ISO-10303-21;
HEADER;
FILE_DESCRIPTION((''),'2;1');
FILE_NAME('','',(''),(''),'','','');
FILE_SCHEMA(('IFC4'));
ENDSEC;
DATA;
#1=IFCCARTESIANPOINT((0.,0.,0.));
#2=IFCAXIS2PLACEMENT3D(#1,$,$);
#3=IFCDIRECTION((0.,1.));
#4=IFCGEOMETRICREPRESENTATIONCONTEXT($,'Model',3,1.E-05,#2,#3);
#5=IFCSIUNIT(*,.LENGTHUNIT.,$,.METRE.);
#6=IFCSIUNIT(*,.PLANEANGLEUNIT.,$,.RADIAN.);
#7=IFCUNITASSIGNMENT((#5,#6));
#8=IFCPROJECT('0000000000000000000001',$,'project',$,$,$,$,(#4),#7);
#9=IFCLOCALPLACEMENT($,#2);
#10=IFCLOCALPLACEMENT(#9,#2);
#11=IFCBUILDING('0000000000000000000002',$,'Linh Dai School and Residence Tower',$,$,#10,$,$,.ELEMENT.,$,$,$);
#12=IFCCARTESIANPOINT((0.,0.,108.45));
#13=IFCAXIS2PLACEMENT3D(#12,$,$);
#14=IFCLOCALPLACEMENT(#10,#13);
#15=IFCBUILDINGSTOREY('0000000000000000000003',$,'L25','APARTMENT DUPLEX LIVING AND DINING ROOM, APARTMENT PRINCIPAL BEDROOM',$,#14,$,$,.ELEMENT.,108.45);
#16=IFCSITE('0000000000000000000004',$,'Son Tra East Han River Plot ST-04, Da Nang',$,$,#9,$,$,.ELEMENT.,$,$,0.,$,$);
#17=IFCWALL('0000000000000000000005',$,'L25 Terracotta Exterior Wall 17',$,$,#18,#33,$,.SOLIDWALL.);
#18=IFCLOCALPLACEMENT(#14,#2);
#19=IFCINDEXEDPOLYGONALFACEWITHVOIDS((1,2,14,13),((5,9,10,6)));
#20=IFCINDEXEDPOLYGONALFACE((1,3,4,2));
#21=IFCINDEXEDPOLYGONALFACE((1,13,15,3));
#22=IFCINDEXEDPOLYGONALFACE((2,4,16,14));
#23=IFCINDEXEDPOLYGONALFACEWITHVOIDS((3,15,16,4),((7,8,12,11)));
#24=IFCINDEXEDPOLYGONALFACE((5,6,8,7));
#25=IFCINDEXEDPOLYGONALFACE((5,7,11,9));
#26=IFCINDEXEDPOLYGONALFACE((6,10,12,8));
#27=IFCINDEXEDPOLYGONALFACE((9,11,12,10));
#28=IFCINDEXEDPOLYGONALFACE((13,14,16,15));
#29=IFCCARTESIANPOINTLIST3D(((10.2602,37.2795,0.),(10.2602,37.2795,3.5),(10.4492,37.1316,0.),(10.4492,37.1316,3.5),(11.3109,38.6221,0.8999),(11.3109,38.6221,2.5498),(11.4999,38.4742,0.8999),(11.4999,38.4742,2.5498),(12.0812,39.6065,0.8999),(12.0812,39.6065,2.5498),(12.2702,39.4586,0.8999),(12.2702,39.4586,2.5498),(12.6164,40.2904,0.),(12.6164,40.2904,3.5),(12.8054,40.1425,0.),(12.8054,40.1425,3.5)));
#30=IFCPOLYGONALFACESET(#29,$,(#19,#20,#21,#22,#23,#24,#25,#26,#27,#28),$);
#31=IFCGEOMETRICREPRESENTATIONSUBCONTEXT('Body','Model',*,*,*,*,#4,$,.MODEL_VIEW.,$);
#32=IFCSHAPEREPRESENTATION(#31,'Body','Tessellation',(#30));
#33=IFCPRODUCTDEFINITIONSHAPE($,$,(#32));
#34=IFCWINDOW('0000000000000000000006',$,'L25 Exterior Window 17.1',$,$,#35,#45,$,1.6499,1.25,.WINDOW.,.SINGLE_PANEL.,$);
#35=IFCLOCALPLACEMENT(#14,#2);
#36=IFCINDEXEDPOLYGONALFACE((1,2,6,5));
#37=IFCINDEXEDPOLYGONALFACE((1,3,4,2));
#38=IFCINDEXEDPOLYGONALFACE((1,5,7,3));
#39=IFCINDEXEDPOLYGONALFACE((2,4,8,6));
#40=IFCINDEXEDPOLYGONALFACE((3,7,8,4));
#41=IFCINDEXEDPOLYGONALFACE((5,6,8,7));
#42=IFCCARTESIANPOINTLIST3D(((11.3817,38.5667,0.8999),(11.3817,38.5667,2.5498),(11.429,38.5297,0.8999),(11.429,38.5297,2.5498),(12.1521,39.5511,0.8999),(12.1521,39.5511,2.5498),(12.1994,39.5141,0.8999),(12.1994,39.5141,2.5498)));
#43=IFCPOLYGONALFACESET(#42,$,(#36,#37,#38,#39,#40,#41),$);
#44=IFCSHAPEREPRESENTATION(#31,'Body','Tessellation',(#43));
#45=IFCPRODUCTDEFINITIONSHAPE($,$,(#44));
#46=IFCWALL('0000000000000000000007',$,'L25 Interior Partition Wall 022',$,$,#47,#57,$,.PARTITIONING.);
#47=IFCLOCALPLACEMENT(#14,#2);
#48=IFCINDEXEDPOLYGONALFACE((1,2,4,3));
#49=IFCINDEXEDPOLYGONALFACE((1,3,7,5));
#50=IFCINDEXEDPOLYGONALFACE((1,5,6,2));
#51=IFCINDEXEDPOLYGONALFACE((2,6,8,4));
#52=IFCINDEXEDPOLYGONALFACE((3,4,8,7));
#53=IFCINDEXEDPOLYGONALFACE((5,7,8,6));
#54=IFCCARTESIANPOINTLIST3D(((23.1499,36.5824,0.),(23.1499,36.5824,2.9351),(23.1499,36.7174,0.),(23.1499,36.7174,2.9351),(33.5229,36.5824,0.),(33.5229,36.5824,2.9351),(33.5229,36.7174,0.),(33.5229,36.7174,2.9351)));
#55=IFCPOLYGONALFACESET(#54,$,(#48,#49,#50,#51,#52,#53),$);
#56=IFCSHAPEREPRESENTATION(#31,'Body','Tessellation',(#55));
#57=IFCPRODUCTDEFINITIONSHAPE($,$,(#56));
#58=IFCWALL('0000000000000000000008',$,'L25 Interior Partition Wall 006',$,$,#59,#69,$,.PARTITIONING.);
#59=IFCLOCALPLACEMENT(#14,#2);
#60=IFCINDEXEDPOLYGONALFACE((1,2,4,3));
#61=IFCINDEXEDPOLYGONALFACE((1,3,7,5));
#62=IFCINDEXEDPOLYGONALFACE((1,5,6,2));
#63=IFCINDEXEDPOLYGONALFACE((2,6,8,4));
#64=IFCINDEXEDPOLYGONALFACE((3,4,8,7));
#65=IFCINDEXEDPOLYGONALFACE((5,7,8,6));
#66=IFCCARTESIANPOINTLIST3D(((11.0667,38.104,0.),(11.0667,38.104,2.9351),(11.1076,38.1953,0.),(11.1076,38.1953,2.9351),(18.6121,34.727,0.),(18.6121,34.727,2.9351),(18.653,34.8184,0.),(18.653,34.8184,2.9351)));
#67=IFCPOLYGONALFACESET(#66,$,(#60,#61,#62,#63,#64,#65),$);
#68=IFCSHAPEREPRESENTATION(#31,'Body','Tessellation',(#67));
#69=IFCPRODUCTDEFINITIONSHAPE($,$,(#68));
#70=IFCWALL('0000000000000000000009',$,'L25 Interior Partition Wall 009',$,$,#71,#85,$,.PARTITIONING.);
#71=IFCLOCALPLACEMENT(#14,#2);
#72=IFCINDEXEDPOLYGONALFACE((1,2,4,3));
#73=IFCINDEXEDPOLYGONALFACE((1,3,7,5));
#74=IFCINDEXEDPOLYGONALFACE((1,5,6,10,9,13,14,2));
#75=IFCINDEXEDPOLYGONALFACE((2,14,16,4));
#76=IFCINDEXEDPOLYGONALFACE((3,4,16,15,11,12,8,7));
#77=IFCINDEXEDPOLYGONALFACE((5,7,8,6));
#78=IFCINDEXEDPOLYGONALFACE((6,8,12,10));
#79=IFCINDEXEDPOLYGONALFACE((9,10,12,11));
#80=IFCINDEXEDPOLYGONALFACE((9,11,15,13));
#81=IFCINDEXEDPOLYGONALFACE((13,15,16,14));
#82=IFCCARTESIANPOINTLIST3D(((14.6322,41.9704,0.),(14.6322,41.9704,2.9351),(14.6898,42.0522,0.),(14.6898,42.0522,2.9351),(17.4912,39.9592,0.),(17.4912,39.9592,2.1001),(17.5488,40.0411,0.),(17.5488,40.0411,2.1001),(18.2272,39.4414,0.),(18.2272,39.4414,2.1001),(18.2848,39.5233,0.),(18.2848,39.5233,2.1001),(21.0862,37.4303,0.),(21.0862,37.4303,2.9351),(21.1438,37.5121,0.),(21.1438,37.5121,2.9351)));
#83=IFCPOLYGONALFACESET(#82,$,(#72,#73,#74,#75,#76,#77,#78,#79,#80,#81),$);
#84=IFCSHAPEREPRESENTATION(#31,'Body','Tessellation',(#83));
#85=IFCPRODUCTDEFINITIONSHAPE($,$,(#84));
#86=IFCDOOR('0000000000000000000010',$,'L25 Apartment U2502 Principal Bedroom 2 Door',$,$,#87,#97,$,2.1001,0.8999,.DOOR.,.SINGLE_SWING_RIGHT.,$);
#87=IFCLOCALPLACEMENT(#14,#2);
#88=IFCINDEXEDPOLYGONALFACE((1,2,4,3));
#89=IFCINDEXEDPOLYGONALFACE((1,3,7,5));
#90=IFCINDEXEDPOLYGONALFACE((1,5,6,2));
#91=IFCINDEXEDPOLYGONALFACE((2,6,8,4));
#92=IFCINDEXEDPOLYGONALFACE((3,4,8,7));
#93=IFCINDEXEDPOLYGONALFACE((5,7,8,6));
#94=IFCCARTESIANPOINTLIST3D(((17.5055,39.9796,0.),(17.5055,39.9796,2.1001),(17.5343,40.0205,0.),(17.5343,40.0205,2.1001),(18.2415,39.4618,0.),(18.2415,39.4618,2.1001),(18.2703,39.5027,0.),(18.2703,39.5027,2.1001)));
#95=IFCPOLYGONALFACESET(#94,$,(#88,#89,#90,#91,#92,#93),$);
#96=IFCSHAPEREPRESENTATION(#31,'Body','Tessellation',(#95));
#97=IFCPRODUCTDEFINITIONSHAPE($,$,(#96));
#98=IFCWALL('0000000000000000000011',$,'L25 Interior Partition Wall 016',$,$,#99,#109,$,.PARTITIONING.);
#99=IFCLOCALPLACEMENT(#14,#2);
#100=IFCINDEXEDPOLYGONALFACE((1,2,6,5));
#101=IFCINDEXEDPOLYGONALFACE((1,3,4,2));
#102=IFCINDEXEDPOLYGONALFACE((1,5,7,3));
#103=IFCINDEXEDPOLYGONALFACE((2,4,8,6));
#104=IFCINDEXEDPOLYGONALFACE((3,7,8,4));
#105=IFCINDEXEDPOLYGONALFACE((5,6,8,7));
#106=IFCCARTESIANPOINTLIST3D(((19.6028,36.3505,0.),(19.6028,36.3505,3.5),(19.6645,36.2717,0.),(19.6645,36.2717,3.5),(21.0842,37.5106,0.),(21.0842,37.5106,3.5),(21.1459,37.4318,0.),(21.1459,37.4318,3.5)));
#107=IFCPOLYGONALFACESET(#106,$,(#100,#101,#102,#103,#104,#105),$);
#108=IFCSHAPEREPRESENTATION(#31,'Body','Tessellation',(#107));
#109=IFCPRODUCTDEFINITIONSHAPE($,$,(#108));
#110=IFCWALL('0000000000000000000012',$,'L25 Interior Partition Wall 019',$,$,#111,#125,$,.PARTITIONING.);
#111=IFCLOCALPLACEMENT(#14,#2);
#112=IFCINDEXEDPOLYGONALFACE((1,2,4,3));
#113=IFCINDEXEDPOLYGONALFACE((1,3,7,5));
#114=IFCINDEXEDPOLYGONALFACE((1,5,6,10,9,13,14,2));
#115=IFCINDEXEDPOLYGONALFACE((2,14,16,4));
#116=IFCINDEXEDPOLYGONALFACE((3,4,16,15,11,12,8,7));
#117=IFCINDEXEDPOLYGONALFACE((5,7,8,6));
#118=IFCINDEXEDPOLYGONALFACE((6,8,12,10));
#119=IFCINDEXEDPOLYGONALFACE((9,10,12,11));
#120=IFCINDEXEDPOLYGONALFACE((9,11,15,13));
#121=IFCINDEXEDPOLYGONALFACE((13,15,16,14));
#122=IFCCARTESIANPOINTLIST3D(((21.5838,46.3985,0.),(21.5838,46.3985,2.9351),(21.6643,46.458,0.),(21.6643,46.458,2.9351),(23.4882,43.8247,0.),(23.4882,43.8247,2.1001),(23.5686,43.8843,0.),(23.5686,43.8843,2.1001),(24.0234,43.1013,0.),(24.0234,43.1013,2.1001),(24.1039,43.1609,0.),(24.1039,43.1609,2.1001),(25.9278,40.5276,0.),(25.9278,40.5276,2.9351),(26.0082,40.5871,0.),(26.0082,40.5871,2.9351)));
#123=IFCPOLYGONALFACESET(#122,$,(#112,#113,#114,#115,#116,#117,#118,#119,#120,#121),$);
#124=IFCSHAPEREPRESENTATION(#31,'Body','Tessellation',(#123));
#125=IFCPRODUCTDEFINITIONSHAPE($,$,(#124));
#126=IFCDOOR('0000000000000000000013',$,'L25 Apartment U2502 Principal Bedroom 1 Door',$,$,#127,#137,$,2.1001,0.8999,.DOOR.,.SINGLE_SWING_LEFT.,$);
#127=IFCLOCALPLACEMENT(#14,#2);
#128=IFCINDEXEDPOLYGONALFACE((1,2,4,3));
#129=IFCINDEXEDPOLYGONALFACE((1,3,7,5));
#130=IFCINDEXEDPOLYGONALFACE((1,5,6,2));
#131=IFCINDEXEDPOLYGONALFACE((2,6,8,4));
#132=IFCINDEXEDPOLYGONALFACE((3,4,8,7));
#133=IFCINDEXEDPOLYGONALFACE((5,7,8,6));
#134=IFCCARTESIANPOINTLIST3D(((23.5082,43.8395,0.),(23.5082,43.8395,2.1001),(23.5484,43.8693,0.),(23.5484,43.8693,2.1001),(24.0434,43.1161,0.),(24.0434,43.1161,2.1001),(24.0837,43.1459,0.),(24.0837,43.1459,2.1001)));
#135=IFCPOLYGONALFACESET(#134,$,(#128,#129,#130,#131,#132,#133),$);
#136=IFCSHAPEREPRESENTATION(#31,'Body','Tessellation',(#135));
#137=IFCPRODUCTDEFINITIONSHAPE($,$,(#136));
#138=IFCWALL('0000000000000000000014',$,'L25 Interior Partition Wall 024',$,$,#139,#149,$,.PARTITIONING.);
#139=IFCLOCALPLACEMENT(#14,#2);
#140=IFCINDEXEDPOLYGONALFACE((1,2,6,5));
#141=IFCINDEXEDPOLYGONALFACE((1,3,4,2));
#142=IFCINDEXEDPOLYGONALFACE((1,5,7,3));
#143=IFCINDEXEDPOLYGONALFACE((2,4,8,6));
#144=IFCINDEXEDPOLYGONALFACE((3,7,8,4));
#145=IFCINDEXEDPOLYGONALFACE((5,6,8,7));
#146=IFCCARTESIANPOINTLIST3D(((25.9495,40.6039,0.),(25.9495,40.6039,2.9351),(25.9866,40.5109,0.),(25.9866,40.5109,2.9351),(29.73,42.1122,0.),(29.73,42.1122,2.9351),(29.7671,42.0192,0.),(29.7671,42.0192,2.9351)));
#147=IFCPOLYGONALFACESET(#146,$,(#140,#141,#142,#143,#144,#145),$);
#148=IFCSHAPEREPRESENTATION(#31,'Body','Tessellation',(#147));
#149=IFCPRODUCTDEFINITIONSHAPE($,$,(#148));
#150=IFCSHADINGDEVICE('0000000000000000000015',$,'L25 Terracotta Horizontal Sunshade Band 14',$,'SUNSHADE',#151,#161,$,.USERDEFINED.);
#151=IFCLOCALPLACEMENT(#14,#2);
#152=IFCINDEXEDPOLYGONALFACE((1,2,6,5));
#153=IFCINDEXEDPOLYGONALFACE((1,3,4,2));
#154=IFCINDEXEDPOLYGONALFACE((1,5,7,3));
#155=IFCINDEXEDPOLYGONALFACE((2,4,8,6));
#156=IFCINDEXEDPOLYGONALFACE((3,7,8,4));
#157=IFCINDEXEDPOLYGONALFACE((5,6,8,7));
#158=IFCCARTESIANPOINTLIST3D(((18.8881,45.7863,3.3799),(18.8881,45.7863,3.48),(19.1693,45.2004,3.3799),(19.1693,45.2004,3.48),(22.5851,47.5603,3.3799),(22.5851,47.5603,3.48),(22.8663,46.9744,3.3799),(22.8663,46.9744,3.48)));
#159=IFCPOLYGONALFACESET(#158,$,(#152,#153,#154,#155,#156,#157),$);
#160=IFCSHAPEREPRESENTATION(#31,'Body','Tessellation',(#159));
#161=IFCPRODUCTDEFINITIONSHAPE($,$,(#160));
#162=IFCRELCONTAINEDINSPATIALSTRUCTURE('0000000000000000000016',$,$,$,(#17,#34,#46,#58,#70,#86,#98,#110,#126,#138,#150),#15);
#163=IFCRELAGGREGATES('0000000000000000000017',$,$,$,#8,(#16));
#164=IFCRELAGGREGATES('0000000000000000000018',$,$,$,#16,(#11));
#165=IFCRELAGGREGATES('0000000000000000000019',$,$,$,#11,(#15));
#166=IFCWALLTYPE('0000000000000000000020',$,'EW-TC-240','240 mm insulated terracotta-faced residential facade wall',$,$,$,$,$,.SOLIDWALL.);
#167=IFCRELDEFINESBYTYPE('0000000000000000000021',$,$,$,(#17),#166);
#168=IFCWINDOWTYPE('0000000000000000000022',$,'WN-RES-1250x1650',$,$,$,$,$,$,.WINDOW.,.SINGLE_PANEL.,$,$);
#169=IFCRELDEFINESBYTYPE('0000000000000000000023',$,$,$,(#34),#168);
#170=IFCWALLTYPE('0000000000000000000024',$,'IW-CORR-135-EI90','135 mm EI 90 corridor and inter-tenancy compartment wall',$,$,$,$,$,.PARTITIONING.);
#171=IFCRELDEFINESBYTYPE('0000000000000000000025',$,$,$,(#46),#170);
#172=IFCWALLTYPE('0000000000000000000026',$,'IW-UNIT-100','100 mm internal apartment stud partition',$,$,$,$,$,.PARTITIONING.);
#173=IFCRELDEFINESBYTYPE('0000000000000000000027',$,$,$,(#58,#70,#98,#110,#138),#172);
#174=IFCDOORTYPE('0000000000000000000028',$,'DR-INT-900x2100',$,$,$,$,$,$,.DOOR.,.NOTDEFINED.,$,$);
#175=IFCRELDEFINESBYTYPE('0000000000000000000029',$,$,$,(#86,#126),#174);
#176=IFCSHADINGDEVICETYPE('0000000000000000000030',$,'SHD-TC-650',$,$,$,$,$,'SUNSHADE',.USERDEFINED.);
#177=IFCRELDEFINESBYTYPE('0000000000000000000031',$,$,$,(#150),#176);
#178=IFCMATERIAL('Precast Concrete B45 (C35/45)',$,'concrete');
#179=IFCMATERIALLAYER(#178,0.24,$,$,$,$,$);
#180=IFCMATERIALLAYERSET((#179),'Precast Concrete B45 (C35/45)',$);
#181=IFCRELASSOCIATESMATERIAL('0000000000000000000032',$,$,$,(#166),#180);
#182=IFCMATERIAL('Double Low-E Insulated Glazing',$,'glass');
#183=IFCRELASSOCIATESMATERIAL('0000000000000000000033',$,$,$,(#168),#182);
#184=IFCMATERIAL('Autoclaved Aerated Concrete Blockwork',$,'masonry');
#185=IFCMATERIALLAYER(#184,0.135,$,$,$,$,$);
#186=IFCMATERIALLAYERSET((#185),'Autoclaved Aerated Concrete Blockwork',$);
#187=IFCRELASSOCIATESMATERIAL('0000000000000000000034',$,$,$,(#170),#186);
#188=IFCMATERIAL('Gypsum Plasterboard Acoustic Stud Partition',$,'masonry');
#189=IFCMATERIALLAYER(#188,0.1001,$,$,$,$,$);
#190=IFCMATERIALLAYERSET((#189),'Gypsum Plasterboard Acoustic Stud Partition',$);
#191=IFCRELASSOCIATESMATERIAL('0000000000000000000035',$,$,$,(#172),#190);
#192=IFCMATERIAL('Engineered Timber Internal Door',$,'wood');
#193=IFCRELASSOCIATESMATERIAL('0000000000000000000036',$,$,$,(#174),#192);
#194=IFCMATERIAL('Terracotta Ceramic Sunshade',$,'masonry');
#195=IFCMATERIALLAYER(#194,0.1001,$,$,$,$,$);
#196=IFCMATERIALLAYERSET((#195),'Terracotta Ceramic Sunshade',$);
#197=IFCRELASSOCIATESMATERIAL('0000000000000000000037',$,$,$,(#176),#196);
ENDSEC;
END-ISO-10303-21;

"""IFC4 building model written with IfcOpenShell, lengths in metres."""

from ifc_helpers import new_model, si_unit, direction, frame, frame_2d, origin, origin_2d, place, context, subcontext, project, spatial, rectangle, extrude, source, transform, mapped, material, layer, layer_set, type_object, element, fill, save


model = new_model("IFC4")

# Units and contexts
model_context = context("Model", 3, precision=1e-05, world=origin(), true_north=direction((0.0, 1.0)))
body_context = subcontext(model_context, "Body", "Model", "MODEL_VIEW")
ifc_project = project(units=[si_unit("LENGTHUNIT", "METRE"), si_unit("PLANEANGLEUNIT", "RADIAN")], contexts=[model_context])

# Site, building, storey
site_placement = place(None, origin())
site = spatial("IfcSite", under=ifc_project, at=site_placement, Name="Son Tra East Han River Plot ST-04, Da Nang", CompositionType="ELEMENT", RefElevation=0.0)
building_placement = place(site_placement, origin())
building = spatial("IfcBuilding", under=site, at=building_placement, Name="Linh Dai School and Residence Tower", CompositionType="ELEMENT")
storey_placement = place(building_placement, frame((0.0, 0.0, 108.45)))
storey = spatial("IfcBuildingStorey", under=building, at=storey_placement, Name="L25", Description="APARTMENT DUPLEX LIVING AND DINING ROOM, APARTMENT PRINCIPAL BEDROOM", CompositionType="ELEMENT", Elevation=108.45)

# Shared definitions
ifc_material_1 = material(Name="Precast Concrete B45 (C35/45)", Category="concrete")

# Wall, opening, window
ifc_layer_1 = layer(ifc_material_1, 0.24)
ifc_layer_set_1 = layer_set([ifc_layer_1], Name="Precast Concrete B45 (C35/45)")
wall_type_1 = type_object("IfcWallType", Name="EW-TC-240", Description="240 mm insulated terracotta-faced residential facade wall", PredefinedType="SOLIDWALL", material=ifc_layer_set_1)
ifc_material_2 = material(Name="Double Low-E Insulated Glazing", Category="glass")
wall_1_placement = place(storey_placement, frame((10.3547, 37.2056, 0.0), z_axis=(0.0, 0.0, 1.0), x_axis=(0.616272, 0.787533, 0.0)))
wall_1 = element("IfcWall", 1, at=wall_1_placement, inside=storey, type_object=wall_type_1, Name="L25 Terracotta Exterior Wall 17", PredefinedType="SOLIDWALL", context=body_context, shape_type="SweptSolid", body=[
    extrude(rectangle(XDim=3.8232, YDim=0.24, at=frame_2d((1.9116, 0.0))), origin(), (0.0, 0.0, 1.0), 3.5),
])
opening_1_placement = place(wall_1_placement, frame((1.7048, 0.0, 0.8999)))
opening_1 = element("IfcOpeningElement", 2, at=opening_1_placement, cuts=wall_1, PredefinedType="OPENING", context=body_context, shape_type="SweptSolid", body=[
    extrude(rectangle(XDim=1.25, YDim=1.6499, at=origin_2d()), frame((0.625, 0.1299, 0.825), z_axis=(0.0, -1.0, 0.0), x_axis=(1.0, 0.0, 0.0)), (0.0, 0.0, 1.0), 0.26),
])
window_type_1 = type_object("IfcWindowType", Name="WN-RES-1250x1650", PartitioningType="SINGLE_PANEL", PredefinedType="WINDOW", material=ifc_material_2)
shared_shape_1 = source(origin(), body_context, "Body", "SweptSolid", [
    extrude(rectangle(XDim=1.25, YDim=1.6499, at=origin_2d()), frame((0.625, 0.03, 0.825), z_axis=(0.0, -1.0, 0.0), x_axis=(1.0, 0.0, 0.0)), (0.0, 0.0, 1.0), 0.0601),
])
window_1_placement = place(opening_1_placement, origin())
window_1 = element("IfcWindow", 3, at=window_1_placement, inside=storey, type_object=window_type_1, Name="L25 Exterior Window 17.1", OverallHeight=1.6499, OverallWidth=1.25, PartitioningType="SINGLE_PANEL", PredefinedType="WINDOW", context=body_context, shape_type="MappedRepresentation", body=[
    mapped(shared_shape_1, transform((0.0, 0.0, 0.0), x_axis=(1.0, 0.0, 0.0), y_axis=(0.0, 1.0, 0.0), z_axis=(0.0, 0.0, 1.0), scale=1.0)),
])
fill(opening_1, window_1)

# Walls
ifc_material_3 = material(Name="Autoclaved Aerated Concrete Blockwork", Category="masonry")
ifc_layer_2 = layer(ifc_material_3, 0.135)
ifc_layer_set_2 = layer_set([ifc_layer_2], Name="Autoclaved Aerated Concrete Blockwork")
wall_type_2 = type_object("IfcWallType", Name="IW-CORR-135-EI90", Description="135 mm EI 90 corridor and inter-tenancy compartment wall", PredefinedType="PARTITIONING", material=ifc_layer_set_2)
wall_2_placement = place(storey_placement, frame((23.1499, 36.6499, 0.0), z_axis=(0.0, 0.0, 1.0), x_axis=(1.0, 0.0, 0.0)))
element("IfcWall", 4, at=wall_2_placement, inside=storey, type_object=wall_type_2, Name="L25 Interior Partition Wall 022", PredefinedType="PARTITIONING", context=body_context, shape_type="SweptSolid", body=[
    extrude(rectangle(XDim=10.373, YDim=0.135, at=frame_2d((5.1865, 0.0))), origin(), (0.0, 0.0, 1.0), 2.9351),
])
ifc_material_4 = material(Name="Gypsum Plasterboard Acoustic Stud Partition", Category="masonry")
ifc_layer_3 = layer(ifc_material_4, 0.1001)
ifc_layer_set_3 = layer_set([ifc_layer_3], Name="Gypsum Plasterboard Acoustic Stud Partition")
wall_type_3 = type_object("IfcWallType", Name="IW-UNIT-100", Description="100 mm internal apartment stud partition", PredefinedType="PARTITIONING", material=ifc_layer_set_3)
wall_3_placement = place(storey_placement, frame((11.0872, 38.1497, 0.0), z_axis=(0.0, 0.0, 1.0), x_axis=(0.912756, -0.408505, 0.0)))
element("IfcWall", 5, at=wall_3_placement, inside=storey, type_object=wall_type_3, Name="L25 Interior Partition Wall 006", PredefinedType="PARTITIONING", context=body_context, shape_type="SweptSolid", body=[
    extrude(rectangle(XDim=8.2666, YDim=0.1001, at=frame_2d((4.1333, 0.0))), origin(), (0.0, 0.0, 1.0), 2.9351),
])

# Wall, opening, door
wall_4_placement = place(storey_placement, frame((14.6611, 42.0112, 0.0), z_axis=(0.0, 0.0, 1.0), x_axis=(0.8179, -0.575361, 0.0)))
wall_4 = element("IfcWall", 6, at=wall_4_placement, inside=storey, type_object=wall_type_3, Name="L25 Interior Partition Wall 009", PredefinedType="PARTITIONING", context=body_context, shape_type="SweptSolid", body=[
    extrude(rectangle(XDim=7.8909, YDim=0.1001, at=frame_2d((3.9453, 0.0))), origin(), (0.0, 0.0, 1.0), 2.9351),
])
opening_2_placement = place(wall_4_placement, frame((3.4954, 0.0, 0.0)))
opening_2 = element("IfcOpeningElement", 7, at=opening_2_placement, cuts=wall_4, PredefinedType="OPENING", context=body_context, shape_type="SweptSolid", body=[
    extrude(rectangle(XDim=0.8999, YDim=2.1001, at=origin_2d()), frame((0.45, 0.0601, 1.05), z_axis=(0.0, -1.0, 0.0), x_axis=(1.0, 0.0, 0.0)), (0.0, 0.0, 1.0), 0.1201),
])
ifc_material_5 = material(Name="Engineered Timber Internal Door", Category="wood")
door_type = type_object("IfcDoorType", Name="DR-INT-900x2100", OperationType="NOTDEFINED", PredefinedType="DOOR", material=ifc_material_5)
shared_shape_2 = source(origin(), body_context, "Body", "SweptSolid", [
    extrude(rectangle(XDim=0.8999, YDim=2.1001, at=origin_2d()), frame((0.45, 0.0249, 1.05), z_axis=(0.0, -1.0, 0.0), x_axis=(1.0, 0.0, 0.0)), (0.0, 0.0, 1.0), 0.05),
])
door_1_placement = place(opening_2_placement, origin())
door_1 = element("IfcDoor", 8, at=door_1_placement, inside=storey, type_object=door_type, Name="L25 Apartment U2502 Principal Bedroom 2 Door", OperationType="SINGLE_SWING_RIGHT", OverallHeight=2.1001, OverallWidth=0.8999, PredefinedType="DOOR", context=body_context, shape_type="MappedRepresentation", body=[
    mapped(shared_shape_2, transform((0.0, 0.0, 0.0), x_axis=(1.0, 0.0, 0.0), y_axis=(0.0, 1.0, 0.0), z_axis=(0.0, 0.0, 1.0), scale=1.0)),
])
fill(opening_2, door_1)

# Wall
wall_5_placement = place(storey_placement, frame((19.6335, 36.311, 0.0), z_axis=(0.0, 0.0, 1.0), x_axis=(0.787308, 0.61656, 0.0)))
element("IfcWall", 9, at=wall_5_placement, inside=storey, type_object=wall_type_3, Name="L25 Interior Partition Wall 016", PredefinedType="PARTITIONING", context=body_context, shape_type="SweptSolid", body=[
    extrude(rectangle(XDim=1.8816, YDim=0.1001, at=frame_2d((0.9409, 0.0))), origin(), (0.0, 0.0, 1.0), 3.5),
])

# Wall, opening, door
wall_6_placement = place(storey_placement, frame((21.624, 46.4282, 0.0), z_axis=(0.0, 0.0, 1.0), x_axis=(0.594805, -0.80387, 0.0)))
wall_6 = element("IfcWall", 10, at=wall_6_placement, inside=storey, type_object=wall_type_3, Name="L25 Interior Partition Wall 019", PredefinedType="PARTITIONING", context=body_context, shape_type="SweptSolid", body=[
    extrude(rectangle(XDim=7.3032, YDim=0.1001, at=frame_2d((3.6516, 0.0))), origin(), (0.0, 0.0, 1.0), 2.9351),
])
opening_3_placement = place(wall_6_placement, frame((3.2017, 0.0, 0.0)))
opening_3 = element("IfcOpeningElement", 11, at=opening_3_placement, cuts=wall_6, PredefinedType="OPENING", context=body_context, shape_type="SweptSolid", body=[
    extrude(rectangle(XDim=0.8999, YDim=2.1001, at=origin_2d()), frame((0.45, 0.0601, 1.05), z_axis=(0.0, -1.0, 0.0), x_axis=(1.0, 0.0, 0.0)), (0.0, 0.0, 1.0), 0.1201),
])
door_2_placement = place(opening_3_placement, origin())
door_2 = element("IfcDoor", 12, at=door_2_placement, inside=storey, type_object=door_type, Name="L25 Apartment U2502 Principal Bedroom 1 Door", OperationType="SINGLE_SWING_LEFT", OverallHeight=2.1001, OverallWidth=0.8999, PredefinedType="DOOR", context=body_context, shape_type="MappedRepresentation", body=[
    mapped(shared_shape_2, transform((0.0, 0.0, 0.0), x_axis=(1.0, 0.0, 0.0), y_axis=(0.0, 1.0, 0.0), z_axis=(0.0, 0.0, 1.0), scale=1.0)),
])
fill(opening_3, door_2)

# Wall
wall_7_placement = place(storey_placement, frame((25.968, 40.5574, 0.0), z_axis=(0.0, 0.0, 1.0), x_axis=(0.928807, 0.370563, 0.0)))
element("IfcWall", 13, at=wall_7_placement, inside=storey, type_object=wall_type_3, Name="L25 Interior Partition Wall 024", PredefinedType="PARTITIONING", context=body_context, shape_type="SweptSolid", body=[
    extrude(rectangle(XDim=4.0703, YDim=0.1001, at=frame_2d((2.0352, 0.0))), origin(), (0.0, 0.0, 1.0), 2.9351),
])

# Shading device
ifc_material_6 = material(Name="Terracotta Ceramic Sunshade", Category="masonry")
ifc_layer_4 = layer(ifc_material_6, 0.1001)
ifc_layer_set_4 = layer_set([ifc_layer_4], Name="Terracotta Ceramic Sunshade")
shading_device_type = type_object("IfcShadingDeviceType", Name="SHD-TC-650", ElementType="SUNSHADE", PredefinedType="USERDEFINED", material=ifc_layer_set_4)
shared_shape_3 = source(origin(), body_context, "Body", "SweptSolid", [
    extrude(rectangle(XDim=4.1006, YDim=0.6499, at=origin_2d()), origin(), (0.0, 0.0, 1.0), 0.1001),
])
shading_device_1_placement = place(storey_placement, frame((20.8772, 46.3804, 3.3799), z_axis=(0.0, 0.0, 1.0), x_axis=(0.901578, 0.432618, 0.0)))
element("IfcShadingDevice", 14, at=shading_device_1_placement, inside=storey, type_object=shading_device_type, Name="L25 Terracotta Horizontal Sunshade Band 14", ObjectType="SUNSHADE", PredefinedType="USERDEFINED", context=body_context, shape_type="MappedRepresentation", body=[
    mapped(shared_shape_3, transform((0.0, 0.0, 0.0), x_axis=(1.0, 0.0, 0.0), y_axis=(0.0, 1.0, 0.0), z_axis=(0.0, 0.0, 1.0), scale=1.0)),
])

save(model, "model.ifc")
